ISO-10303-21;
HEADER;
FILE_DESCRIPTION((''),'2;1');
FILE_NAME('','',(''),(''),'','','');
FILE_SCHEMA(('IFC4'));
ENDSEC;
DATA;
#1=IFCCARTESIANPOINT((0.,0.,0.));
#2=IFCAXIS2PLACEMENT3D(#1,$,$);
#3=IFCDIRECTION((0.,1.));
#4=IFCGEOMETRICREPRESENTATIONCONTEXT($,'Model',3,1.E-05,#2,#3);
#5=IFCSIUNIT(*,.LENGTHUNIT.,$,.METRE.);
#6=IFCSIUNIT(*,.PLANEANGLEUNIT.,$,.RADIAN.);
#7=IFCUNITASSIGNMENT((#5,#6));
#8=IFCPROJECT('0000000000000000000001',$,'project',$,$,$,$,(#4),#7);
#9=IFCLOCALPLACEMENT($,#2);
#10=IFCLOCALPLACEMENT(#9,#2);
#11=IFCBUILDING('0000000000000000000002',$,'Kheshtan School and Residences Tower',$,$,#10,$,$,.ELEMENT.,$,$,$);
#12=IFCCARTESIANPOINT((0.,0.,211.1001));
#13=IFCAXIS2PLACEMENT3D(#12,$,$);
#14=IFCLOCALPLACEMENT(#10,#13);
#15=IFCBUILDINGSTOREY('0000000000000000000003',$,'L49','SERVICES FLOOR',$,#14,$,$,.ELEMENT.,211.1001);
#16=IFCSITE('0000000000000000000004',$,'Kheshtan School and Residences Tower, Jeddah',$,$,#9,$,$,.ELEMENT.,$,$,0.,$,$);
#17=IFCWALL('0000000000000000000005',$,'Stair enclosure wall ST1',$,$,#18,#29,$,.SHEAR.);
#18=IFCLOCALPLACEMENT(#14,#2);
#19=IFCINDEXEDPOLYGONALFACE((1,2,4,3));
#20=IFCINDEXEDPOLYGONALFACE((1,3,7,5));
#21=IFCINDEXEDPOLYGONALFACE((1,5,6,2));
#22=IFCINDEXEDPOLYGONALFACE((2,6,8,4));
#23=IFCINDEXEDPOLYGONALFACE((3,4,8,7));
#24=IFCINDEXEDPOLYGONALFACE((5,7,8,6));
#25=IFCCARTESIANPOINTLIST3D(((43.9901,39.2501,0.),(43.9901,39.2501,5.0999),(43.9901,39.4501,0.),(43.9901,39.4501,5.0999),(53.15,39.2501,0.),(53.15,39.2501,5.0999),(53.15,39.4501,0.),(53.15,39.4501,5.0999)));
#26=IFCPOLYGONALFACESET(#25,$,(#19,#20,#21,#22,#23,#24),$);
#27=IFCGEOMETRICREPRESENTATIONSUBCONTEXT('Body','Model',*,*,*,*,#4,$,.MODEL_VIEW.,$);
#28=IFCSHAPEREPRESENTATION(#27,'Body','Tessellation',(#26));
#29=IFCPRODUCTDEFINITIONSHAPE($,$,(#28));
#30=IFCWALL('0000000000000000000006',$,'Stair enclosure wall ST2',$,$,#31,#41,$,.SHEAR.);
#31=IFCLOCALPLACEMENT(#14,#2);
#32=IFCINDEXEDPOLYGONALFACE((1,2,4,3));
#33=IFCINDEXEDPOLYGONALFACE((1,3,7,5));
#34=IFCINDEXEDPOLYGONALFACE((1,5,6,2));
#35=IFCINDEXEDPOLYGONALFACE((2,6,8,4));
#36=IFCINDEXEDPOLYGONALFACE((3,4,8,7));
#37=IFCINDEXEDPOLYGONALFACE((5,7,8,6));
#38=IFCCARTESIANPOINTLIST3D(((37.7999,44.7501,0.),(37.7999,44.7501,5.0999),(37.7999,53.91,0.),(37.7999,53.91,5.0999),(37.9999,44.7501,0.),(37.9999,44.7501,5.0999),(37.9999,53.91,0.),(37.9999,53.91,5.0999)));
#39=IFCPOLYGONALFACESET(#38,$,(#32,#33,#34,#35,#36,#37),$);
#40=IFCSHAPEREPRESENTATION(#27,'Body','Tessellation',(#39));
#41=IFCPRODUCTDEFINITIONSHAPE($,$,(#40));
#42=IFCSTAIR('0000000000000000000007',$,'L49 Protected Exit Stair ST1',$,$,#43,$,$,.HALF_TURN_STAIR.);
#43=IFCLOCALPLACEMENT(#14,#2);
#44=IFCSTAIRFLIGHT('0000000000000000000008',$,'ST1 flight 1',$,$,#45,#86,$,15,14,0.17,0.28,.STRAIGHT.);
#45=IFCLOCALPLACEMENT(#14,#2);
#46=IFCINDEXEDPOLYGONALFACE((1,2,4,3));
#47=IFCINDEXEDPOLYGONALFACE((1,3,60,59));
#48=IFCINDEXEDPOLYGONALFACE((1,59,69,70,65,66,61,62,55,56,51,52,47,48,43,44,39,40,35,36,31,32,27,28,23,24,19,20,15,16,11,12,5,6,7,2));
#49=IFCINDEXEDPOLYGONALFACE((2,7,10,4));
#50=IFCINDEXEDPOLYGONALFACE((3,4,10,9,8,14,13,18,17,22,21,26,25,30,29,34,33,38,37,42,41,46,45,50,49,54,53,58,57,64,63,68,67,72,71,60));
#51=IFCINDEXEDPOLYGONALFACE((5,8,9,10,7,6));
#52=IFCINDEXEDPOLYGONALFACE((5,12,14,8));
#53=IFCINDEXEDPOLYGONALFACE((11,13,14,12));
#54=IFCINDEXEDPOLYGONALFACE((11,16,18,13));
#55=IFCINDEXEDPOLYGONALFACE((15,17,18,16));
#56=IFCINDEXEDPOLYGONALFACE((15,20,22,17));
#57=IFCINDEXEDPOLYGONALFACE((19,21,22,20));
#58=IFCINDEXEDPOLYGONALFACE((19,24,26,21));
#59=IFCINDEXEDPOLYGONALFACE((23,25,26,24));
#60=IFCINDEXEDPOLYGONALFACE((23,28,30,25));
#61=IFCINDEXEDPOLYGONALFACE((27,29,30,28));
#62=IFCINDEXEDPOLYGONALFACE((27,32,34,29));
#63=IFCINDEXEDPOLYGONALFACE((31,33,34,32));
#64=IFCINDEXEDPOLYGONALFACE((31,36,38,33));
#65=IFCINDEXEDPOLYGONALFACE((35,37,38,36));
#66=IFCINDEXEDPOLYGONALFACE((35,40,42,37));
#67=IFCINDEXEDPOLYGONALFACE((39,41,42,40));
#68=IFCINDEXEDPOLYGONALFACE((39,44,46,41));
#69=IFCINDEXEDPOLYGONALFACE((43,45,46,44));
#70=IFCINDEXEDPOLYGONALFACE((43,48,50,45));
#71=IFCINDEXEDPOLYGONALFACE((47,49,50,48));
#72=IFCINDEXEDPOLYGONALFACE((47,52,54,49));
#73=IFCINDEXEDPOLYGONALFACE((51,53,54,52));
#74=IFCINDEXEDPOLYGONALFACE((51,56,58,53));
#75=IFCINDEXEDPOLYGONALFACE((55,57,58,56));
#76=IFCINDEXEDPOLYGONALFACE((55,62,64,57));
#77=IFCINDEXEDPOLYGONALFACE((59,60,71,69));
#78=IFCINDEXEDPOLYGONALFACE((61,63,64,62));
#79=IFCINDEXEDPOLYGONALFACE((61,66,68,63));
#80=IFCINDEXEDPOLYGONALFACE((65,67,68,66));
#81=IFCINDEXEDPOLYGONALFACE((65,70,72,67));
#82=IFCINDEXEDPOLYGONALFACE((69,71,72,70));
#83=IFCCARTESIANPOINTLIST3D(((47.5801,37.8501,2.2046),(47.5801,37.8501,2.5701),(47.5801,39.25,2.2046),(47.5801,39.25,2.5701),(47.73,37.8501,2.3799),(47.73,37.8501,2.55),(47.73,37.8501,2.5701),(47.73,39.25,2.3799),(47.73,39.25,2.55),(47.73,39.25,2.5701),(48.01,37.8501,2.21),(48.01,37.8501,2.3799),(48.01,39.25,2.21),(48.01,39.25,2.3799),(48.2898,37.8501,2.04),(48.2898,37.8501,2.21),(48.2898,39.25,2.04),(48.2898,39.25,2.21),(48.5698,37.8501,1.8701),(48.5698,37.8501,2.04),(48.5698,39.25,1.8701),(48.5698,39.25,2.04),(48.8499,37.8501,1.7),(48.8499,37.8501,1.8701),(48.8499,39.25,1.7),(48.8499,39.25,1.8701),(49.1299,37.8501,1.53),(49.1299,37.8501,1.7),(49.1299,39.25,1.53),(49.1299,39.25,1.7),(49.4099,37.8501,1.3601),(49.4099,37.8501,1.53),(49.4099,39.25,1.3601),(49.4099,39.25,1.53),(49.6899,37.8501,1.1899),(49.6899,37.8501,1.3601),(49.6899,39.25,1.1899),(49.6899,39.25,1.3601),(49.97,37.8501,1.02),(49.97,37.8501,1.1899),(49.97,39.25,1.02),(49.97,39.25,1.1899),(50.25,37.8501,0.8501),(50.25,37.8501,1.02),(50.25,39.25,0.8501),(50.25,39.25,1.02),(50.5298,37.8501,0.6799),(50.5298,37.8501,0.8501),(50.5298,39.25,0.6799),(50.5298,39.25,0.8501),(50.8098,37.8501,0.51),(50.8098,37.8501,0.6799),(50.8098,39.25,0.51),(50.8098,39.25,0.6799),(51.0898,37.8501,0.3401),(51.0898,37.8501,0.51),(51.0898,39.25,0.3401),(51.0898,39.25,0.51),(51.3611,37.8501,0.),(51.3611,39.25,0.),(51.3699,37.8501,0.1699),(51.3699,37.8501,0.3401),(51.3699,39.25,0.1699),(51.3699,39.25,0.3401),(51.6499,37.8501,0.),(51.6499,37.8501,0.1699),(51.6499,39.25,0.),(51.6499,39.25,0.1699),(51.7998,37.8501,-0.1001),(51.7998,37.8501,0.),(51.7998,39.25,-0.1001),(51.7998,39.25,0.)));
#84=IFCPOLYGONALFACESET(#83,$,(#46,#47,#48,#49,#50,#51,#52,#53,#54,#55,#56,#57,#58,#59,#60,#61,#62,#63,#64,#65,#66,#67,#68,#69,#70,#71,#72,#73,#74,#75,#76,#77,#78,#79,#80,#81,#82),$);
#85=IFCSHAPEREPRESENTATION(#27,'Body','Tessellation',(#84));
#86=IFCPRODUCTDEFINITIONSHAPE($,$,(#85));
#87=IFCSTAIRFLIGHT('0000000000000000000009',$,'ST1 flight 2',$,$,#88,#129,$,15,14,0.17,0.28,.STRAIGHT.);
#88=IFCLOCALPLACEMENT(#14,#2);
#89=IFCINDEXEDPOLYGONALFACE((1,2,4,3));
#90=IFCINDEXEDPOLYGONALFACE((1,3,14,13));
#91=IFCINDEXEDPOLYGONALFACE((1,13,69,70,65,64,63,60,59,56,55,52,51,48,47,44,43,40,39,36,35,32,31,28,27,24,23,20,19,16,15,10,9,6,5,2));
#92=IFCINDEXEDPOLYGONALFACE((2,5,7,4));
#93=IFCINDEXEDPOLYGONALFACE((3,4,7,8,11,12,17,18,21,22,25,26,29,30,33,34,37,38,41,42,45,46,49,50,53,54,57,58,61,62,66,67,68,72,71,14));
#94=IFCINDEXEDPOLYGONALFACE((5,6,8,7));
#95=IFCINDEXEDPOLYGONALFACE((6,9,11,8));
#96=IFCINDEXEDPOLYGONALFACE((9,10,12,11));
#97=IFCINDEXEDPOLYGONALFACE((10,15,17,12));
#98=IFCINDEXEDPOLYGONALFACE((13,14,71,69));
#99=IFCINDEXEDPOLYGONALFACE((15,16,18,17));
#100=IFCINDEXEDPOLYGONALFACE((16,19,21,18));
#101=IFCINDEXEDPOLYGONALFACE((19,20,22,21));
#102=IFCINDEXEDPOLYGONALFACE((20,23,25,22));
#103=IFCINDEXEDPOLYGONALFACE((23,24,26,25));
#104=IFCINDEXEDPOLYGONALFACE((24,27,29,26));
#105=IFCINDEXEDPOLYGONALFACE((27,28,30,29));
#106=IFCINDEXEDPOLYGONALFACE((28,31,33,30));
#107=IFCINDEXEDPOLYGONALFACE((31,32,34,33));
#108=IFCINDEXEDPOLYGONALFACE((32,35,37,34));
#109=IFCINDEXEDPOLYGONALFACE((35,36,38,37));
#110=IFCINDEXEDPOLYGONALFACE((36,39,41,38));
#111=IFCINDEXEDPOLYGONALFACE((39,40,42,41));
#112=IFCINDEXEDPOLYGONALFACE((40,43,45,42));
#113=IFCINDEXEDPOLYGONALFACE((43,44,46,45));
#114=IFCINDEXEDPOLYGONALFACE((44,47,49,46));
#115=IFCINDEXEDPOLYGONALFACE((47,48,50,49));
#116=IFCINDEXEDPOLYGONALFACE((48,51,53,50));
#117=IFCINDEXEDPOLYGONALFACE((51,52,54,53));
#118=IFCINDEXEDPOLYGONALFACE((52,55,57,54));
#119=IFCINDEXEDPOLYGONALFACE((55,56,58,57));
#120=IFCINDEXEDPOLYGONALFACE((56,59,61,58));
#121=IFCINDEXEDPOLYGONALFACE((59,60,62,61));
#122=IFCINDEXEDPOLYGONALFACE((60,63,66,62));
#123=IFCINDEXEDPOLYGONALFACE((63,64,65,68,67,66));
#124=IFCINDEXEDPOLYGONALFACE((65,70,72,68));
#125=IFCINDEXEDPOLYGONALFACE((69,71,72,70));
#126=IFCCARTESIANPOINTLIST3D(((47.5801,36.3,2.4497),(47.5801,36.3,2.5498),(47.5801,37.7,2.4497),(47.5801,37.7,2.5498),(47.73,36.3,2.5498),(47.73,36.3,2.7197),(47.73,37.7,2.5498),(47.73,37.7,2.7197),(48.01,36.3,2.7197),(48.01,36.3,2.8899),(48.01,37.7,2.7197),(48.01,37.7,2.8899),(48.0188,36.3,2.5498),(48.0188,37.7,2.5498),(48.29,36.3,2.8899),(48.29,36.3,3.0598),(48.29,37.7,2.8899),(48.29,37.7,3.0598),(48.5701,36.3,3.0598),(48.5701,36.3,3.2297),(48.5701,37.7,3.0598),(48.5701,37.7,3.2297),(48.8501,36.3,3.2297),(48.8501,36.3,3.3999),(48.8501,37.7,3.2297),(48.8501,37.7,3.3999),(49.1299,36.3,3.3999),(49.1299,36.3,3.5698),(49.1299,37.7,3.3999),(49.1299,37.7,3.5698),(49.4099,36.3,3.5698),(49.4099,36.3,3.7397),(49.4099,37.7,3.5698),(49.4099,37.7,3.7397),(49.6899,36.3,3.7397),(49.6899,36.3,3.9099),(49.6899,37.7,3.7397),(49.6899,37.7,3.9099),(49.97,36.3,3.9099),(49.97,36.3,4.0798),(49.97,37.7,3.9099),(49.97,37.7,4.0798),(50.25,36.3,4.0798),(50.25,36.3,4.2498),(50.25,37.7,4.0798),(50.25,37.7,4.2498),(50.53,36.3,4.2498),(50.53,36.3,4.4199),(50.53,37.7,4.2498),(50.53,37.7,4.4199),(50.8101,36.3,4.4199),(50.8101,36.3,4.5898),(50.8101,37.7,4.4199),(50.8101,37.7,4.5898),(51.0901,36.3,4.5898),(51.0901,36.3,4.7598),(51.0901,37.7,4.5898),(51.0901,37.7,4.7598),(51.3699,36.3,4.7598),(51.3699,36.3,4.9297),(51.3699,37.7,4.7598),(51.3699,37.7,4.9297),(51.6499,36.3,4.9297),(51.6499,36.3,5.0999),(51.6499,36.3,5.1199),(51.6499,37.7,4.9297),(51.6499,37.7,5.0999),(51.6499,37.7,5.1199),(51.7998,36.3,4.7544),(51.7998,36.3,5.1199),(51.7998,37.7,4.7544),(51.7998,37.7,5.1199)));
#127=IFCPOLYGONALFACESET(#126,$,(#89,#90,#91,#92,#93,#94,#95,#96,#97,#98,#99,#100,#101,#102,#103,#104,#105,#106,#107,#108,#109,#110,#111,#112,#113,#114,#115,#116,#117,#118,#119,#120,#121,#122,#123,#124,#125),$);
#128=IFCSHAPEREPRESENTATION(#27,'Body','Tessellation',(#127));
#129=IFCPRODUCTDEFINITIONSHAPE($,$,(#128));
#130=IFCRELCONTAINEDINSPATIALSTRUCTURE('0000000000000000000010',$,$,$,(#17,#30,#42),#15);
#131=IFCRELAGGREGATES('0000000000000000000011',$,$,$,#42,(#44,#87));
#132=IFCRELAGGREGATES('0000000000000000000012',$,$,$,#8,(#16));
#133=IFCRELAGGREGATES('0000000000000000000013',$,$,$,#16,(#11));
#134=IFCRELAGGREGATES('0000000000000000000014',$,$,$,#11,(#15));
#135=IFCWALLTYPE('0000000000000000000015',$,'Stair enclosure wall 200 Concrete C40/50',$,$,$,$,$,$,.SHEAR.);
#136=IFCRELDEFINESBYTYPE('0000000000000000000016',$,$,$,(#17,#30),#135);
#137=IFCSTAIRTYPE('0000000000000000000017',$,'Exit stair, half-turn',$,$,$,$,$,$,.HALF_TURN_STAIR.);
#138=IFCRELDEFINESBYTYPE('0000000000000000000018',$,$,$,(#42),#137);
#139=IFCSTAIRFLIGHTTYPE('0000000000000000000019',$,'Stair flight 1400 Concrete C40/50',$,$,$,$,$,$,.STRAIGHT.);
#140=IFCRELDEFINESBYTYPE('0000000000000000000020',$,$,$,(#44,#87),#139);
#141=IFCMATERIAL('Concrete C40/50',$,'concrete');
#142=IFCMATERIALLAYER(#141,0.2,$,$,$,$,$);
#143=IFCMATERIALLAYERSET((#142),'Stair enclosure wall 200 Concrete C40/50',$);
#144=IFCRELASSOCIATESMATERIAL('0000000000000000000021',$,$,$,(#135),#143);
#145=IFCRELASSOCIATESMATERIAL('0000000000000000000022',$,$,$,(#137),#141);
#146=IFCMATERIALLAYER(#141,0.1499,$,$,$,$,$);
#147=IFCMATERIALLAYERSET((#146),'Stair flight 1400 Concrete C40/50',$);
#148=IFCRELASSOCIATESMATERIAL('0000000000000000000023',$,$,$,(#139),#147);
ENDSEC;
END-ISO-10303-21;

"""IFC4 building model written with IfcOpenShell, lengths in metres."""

from ifc_helpers import new_model, si_unit, direction, frame, frame_2d, origin, place, context, subcontext, project, spatial, polyline, rectangle, outline, extrude, material, layer, layer_set, type_object, element, aggregate, save


model = new_model("IFC4")

# Units and contexts
model_context = context("Model", 3, precision=1e-05, world=origin(), true_north=direction((0.0, 1.0)))
body_context = subcontext(model_context, "Body", "Model", "MODEL_VIEW")
ifc_project = project(units=[si_unit("LENGTHUNIT", "METRE"), si_unit("PLANEANGLEUNIT", "RADIAN")], contexts=[model_context])

# Site, building, storey
site_placement = place(None, origin())
site = spatial("IfcSite", under=ifc_project, at=site_placement, Name="Kheshtan School and Residences Tower, Jeddah", CompositionType="ELEMENT", RefElevation=0.0)
building_placement = place(site_placement, origin())
building = spatial("IfcBuilding", under=site, at=building_placement, Name="Kheshtan School and Residences Tower", CompositionType="ELEMENT")
storey_placement = place(building_placement, frame((0.0, 0.0, 211.1001)))
storey = spatial("IfcBuildingStorey", under=building, at=storey_placement, Name="L49", Description="SERVICES FLOOR", CompositionType="ELEMENT", Elevation=211.1001)

# Walls
ifc_material_1 = material(Name="Concrete C40/50", Category="concrete")
ifc_layer_1 = layer(ifc_material_1, 0.2)
ifc_layer_set_1 = layer_set([ifc_layer_1], Name="Stair enclosure wall 200 Concrete C40/50")
wall_type_1 = type_object("IfcWallType", Name="Stair enclosure wall 200 Concrete C40/50", PredefinedType="SHEAR", material=ifc_layer_set_1)
for number, where, z_axis, x_axis, name in (
    (1, (43.99, 39.3501, 0.0), (0.0, 0.0, 1.0), (1.0, 0.0, 0.0), "Stair enclosure wall ST1"),
    (2, (37.8999, 44.75, 0.0), (0.0, 0.0, 1.0), (0.0, 1.0, 0.0), "Stair enclosure wall ST2"),
):
    element("IfcWall", number, at=place(storey_placement, frame(where, z_axis=z_axis, x_axis=x_axis)), inside=storey, type_object=wall_type_1, Name=name, PredefinedType="SHEAR", context=body_context, shape_type="SweptSolid", body=[
        extrude(rectangle(XDim=9.1599, YDim=0.2, at=frame_2d((4.5801, 0.0))), origin(), (0.0, 0.0, 1.0), 5.0999),
    ])

# Stair, stair flights
stair_type = type_object("IfcStairType", Name="Exit stair, half-turn", PredefinedType="HALF_TURN_STAIR", material=ifc_material_1)
stair_placement = place(storey_placement, origin())
stair = element("IfcStair", 3, at=stair_placement, inside=storey, type_object=stair_type, Name="L49 Protected Exit Stair ST1", PredefinedType="HALF_TURN_STAIR")
ifc_layer_2 = layer(ifc_material_1, 0.1499)
ifc_layer_set_2 = layer_set([ifc_layer_2], Name="Stair flight 1400 Concrete C40/50")
stair_flight_type = type_object("IfcStairFlightType", Name="Stair flight 1400 Concrete C40/50", PredefinedType="STRAIGHT", material=ifc_layer_set_2)
stair_flight_1_placement = place(storey_placement, frame((51.6499, 38.55, 0.0), z_axis=(0.0, 0.0, 1.0), x_axis=(-1.0, 0.0, 0.0)))
stair_flight_1 = element("IfcStairFlight", 4, at=stair_flight_1_placement, type_object=stair_flight_type, Name="ST1 flight 1", NumberOfRisers=15, NumberOfTreads=14, PredefinedType="STRAIGHT", RiserHeight=0.17, TreadLength=0.28, context=body_context, shape_type="SweptSolid", body=[
    extrude(outline(polyline([(-0.1499, -0.1001), (-0.1499, 0.0), (0.0, 0.0), (0.0, 0.1699), (0.28, 0.1699), (0.28, 0.3401), (0.5601, 0.3401), (0.5601, 0.51), (0.8401, 0.51), (0.8401, 0.6799), (1.1201, 0.6799), (1.1201, 0.8501), (1.3999, 0.8501), (1.3999, 1.02), (1.6799, 1.02), (1.6799, 1.1899), (1.96, 1.1899), (1.96, 1.3601), (2.24, 1.3601), (2.24, 1.53), (2.52, 1.53), (2.52, 1.7), (2.8, 1.7), (2.8, 1.8701), (3.0801, 1.8701), (3.0801, 2.04), (3.3601, 2.04), (3.3601, 2.21), (3.6399, 2.21), (3.6399, 2.3799), (3.9199, 2.3799), (3.9199, 2.55), (3.9199, 2.5701), (4.0698, 2.5701), (4.0698, 2.2046), (0.2888, 0.0), (-0.1499, -0.1001)])), frame((0.0, 0.7, 0.0), z_axis=(0.0, -1.0, 0.0), x_axis=(1.0, 0.0, 0.0)), (0.0, 0.0, 1.0), 1.3999),
])
stair_flight_2_placement = place(storey_placement, frame((47.73, 37.0, 2.5498), z_axis=(0.0, 0.0, 1.0), x_axis=(1.0, 0.0, 0.0)))
stair_flight_2 = element("IfcStairFlight", 5, at=stair_flight_2_placement, type_object=stair_flight_type, Name="ST1 flight 2", NumberOfRisers=15, NumberOfTreads=14, PredefinedType="STRAIGHT", RiserHeight=0.17, TreadLength=0.28, context=body_context, shape_type="SweptSolid", body=[
    extrude(outline(polyline([(-0.1499, -0.1001), (-0.1499, 0.0), (0.0, 0.0), (0.0, 0.1699), (0.28, 0.1699), (0.28, 0.3401), (0.5601, 0.3401), (0.5601, 0.51), (0.8401, 0.51), (0.8401, 0.6799), (1.1201, 0.6799), (1.1201, 0.8501), (1.3999, 0.8501), (1.3999, 1.02), (1.6799, 1.02), (1.6799, 1.1899), (1.96, 1.1899), (1.96, 1.3601), (2.24, 1.3601), (2.24, 1.53), (2.52, 1.53), (2.52, 1.7), (2.8, 1.7), (2.8, 1.8701), (3.0801, 1.8701), (3.0801, 2.04), (3.3601, 2.04), (3.3601, 2.21), (3.6399, 2.21), (3.6399, 2.3799), (3.9199, 2.3799), (3.9199, 2.55), (3.9199, 2.5701), (4.0698, 2.5701), (4.0698, 2.2046), (0.2888, 0.0), (-0.1499, -0.1001)])), frame((0.0, 0.7, 0.0), z_axis=(0.0, -1.0, 0.0), x_axis=(1.0, 0.0, 0.0)), (0.0, 0.0, 1.0), 1.3999),
])
aggregate(stair, [stair_flight_1, stair_flight_2])

save(model, "model.ifc")
